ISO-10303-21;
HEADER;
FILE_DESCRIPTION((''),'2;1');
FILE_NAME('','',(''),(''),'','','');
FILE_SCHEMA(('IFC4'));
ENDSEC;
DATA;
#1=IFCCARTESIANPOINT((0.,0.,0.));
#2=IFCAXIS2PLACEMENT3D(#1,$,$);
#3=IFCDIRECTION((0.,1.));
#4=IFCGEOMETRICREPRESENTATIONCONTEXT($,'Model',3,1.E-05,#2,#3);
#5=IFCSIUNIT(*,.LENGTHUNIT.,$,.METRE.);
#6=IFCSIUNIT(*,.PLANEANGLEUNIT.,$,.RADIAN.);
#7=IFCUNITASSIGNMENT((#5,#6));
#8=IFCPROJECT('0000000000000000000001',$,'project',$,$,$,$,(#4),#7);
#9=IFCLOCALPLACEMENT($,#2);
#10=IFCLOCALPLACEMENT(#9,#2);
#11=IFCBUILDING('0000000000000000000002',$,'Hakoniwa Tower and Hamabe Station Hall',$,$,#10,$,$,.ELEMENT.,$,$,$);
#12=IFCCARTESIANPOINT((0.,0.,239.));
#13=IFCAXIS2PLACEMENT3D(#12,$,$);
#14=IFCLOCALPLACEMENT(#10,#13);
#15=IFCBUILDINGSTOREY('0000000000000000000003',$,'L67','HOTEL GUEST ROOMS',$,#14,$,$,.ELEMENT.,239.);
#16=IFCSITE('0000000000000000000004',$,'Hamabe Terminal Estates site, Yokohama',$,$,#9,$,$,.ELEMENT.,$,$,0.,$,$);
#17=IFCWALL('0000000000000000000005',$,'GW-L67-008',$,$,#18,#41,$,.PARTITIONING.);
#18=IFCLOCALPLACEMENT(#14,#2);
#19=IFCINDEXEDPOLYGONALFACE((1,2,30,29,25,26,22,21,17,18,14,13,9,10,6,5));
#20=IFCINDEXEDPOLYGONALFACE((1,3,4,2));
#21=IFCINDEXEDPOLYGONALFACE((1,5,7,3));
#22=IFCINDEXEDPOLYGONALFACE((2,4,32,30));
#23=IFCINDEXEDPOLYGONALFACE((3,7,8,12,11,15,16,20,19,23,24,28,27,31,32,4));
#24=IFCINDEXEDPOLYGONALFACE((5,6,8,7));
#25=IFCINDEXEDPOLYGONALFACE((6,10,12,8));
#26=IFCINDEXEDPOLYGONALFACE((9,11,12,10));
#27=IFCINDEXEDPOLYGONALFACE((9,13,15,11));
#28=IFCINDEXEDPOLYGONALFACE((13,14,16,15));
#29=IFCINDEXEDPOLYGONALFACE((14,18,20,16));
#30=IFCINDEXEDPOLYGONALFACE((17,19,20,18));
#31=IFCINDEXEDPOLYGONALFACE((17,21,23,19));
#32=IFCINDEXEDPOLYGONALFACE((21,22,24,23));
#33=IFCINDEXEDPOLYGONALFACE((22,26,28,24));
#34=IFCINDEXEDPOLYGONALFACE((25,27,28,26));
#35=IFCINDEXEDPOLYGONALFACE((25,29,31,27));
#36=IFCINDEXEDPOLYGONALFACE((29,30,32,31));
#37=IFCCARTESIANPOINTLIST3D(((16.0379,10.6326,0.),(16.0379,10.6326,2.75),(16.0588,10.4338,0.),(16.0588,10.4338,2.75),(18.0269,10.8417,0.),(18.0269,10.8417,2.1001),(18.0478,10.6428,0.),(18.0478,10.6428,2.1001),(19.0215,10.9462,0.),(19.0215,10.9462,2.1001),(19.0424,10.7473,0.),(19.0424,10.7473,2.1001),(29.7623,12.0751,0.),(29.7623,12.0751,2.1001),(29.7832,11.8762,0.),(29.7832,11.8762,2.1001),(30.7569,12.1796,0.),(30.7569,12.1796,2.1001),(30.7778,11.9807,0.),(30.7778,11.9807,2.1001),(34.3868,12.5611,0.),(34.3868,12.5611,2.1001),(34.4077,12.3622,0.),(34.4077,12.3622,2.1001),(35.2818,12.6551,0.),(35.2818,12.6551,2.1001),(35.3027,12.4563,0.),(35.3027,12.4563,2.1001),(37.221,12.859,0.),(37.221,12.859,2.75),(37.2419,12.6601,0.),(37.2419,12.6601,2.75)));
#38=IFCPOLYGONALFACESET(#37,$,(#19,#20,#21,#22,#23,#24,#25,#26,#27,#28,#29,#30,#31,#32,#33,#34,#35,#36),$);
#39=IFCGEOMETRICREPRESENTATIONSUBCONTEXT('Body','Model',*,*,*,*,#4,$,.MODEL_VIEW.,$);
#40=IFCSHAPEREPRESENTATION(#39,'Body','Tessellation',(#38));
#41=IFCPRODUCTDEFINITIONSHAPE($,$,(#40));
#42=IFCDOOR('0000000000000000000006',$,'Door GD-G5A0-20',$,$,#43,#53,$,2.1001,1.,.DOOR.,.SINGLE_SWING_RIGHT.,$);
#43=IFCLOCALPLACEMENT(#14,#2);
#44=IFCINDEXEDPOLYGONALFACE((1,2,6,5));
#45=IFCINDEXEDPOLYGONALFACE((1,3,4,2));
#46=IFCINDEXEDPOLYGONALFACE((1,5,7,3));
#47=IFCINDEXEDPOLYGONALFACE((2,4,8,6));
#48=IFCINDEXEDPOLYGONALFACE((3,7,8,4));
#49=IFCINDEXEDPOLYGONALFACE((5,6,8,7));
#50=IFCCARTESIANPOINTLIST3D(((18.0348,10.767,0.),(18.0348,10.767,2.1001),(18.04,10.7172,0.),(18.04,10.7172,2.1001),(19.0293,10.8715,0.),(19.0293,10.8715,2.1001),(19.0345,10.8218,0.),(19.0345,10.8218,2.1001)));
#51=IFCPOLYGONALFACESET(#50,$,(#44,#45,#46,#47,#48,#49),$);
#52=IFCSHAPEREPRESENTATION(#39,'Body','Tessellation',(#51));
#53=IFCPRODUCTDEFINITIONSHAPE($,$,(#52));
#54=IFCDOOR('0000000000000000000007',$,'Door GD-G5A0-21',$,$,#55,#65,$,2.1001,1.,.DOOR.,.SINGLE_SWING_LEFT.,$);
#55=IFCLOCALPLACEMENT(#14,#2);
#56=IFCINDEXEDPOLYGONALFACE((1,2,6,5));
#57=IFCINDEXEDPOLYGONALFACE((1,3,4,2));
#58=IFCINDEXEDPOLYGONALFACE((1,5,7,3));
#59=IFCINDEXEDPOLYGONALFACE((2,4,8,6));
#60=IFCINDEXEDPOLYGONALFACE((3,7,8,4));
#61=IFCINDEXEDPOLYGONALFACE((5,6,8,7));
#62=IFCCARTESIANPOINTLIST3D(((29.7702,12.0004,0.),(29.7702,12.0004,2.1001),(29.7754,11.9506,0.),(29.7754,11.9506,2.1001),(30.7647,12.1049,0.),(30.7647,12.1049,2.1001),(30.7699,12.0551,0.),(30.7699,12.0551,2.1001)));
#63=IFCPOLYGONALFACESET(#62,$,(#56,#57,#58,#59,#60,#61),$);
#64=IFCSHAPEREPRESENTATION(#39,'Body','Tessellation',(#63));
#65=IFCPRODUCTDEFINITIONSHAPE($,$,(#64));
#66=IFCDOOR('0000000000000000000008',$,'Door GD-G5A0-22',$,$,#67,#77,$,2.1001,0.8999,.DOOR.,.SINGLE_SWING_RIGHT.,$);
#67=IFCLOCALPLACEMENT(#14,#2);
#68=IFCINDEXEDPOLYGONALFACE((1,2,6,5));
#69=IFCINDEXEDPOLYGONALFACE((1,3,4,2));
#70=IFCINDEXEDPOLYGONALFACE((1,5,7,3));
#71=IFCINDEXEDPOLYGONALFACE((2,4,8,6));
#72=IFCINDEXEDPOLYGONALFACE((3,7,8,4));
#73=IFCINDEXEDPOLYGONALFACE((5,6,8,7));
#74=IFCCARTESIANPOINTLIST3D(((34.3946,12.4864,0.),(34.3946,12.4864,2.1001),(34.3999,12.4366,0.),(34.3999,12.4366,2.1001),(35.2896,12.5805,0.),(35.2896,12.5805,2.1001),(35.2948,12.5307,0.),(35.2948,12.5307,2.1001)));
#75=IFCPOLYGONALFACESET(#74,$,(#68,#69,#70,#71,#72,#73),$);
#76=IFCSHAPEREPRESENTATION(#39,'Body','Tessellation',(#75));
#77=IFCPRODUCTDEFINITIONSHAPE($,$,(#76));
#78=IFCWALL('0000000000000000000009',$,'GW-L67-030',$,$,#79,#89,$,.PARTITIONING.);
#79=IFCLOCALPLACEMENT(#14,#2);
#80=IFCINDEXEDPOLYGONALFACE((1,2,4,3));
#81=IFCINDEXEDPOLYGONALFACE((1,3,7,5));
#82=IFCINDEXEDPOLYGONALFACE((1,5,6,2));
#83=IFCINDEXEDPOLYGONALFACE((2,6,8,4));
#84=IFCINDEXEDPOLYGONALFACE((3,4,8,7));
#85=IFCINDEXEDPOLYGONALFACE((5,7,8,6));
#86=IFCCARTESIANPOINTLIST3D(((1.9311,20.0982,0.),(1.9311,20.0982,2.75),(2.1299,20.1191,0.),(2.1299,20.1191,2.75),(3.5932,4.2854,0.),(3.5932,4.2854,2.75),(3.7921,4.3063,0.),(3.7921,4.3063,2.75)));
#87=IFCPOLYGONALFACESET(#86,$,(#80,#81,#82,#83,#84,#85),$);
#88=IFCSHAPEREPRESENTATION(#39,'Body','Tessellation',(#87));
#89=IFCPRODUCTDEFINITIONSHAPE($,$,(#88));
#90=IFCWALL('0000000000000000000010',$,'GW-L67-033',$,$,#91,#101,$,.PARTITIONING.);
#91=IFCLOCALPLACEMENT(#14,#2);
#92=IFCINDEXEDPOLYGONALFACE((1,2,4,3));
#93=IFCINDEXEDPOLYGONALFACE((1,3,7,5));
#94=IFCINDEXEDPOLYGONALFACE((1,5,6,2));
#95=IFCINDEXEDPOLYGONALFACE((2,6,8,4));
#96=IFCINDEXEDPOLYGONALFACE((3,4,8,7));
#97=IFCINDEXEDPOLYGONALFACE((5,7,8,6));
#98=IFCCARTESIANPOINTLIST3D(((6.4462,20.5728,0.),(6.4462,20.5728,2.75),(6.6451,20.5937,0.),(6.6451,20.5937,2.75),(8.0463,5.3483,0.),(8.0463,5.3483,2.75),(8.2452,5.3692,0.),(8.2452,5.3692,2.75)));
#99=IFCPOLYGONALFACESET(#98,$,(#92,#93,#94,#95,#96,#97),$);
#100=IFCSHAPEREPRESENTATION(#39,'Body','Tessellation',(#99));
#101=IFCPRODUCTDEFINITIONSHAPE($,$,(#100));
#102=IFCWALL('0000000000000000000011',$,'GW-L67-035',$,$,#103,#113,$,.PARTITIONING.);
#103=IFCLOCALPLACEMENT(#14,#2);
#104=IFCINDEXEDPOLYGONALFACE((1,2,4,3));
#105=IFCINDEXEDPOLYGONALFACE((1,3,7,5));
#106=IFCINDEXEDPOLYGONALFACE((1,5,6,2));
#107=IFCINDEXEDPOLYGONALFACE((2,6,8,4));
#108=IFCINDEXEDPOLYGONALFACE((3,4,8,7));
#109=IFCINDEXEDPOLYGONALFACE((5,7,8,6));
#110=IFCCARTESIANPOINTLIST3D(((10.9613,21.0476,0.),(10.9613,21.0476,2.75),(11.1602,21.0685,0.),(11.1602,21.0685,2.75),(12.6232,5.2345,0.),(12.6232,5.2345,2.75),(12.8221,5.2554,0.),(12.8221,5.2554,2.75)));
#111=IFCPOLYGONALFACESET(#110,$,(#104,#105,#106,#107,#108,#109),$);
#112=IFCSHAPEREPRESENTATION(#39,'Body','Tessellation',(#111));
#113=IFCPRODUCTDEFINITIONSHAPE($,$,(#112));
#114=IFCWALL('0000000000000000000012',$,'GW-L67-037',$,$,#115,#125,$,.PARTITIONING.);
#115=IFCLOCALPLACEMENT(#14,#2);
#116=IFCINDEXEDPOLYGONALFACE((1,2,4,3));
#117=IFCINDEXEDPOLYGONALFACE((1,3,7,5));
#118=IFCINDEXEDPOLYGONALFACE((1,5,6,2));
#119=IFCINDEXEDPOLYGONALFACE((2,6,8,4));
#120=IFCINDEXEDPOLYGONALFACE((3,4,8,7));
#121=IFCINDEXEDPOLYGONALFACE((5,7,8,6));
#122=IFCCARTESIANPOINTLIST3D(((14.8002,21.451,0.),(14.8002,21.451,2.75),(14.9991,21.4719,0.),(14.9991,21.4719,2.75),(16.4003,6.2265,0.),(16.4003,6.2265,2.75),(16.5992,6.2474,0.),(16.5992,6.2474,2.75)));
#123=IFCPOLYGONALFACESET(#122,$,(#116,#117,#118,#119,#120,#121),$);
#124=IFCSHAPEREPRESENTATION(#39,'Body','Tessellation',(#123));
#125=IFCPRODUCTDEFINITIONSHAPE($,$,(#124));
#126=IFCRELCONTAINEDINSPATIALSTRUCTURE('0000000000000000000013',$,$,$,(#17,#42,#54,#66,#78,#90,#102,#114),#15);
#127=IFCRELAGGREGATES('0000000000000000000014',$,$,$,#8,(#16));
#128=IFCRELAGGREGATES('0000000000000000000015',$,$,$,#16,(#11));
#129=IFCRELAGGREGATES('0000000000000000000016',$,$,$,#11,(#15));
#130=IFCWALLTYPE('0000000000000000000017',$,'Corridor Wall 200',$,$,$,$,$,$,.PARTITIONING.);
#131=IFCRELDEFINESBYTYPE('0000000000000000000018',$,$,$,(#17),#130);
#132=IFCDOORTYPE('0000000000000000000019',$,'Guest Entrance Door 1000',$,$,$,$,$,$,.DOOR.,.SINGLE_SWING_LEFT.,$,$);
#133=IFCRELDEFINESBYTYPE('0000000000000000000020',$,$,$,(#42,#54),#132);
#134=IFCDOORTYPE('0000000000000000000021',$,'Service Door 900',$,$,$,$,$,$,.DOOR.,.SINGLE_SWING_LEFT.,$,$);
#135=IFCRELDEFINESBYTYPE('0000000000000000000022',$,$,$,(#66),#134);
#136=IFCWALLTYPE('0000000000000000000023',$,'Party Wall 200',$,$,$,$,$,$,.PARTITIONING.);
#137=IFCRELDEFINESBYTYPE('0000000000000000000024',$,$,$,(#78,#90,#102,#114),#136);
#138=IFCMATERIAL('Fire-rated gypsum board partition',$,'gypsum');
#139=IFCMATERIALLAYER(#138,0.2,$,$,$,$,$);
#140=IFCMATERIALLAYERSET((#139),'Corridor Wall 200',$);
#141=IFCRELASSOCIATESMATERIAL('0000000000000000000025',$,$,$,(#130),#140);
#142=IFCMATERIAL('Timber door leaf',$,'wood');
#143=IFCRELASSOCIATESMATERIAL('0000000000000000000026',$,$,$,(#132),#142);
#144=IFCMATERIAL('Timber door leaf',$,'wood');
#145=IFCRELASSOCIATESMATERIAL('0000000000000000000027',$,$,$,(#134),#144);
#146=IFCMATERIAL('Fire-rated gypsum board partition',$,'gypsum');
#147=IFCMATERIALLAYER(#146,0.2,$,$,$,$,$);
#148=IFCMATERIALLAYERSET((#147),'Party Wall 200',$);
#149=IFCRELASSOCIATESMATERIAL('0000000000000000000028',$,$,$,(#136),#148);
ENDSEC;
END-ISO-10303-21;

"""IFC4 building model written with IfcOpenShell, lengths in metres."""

from ifc_helpers import new_model, si_unit, direction, frame, frame_2d, origin, place, context, subcontext, project, spatial, rectangle, extrude, material, layer, layer_set, type_object, element, fill, save


model = new_model("IFC4")

# Units and contexts
model_context = context("Model", 3, precision=1e-05, world=origin(), true_north=direction((0.0, 1.0)))
body_context = subcontext(model_context, "Body", "Model", "MODEL_VIEW")
ifc_project = project(units=[si_unit("LENGTHUNIT", "METRE"), si_unit("PLANEANGLEUNIT", "RADIAN")], contexts=[model_context])

# Site, building, storey
site_placement = place(None, origin())
site = spatial("IfcSite", under=ifc_project, at=site_placement, Name="Hamabe Terminal Estates site, Yokohama", CompositionType="ELEMENT", RefElevation=0.0)
building_placement = place(site_placement, origin())
building = spatial("IfcBuilding", under=site, at=building_placement, Name="Hakoniwa Tower and Hamabe Station Hall", CompositionType="ELEMENT")
storey_placement = place(building_placement, frame((0.0, 0.0, 239.0)))
storey = spatial("IfcBuildingStorey", under=building, at=storey_placement, Name="L67", Description="HOTEL GUEST ROOMS", CompositionType="ELEMENT", Elevation=239.0)

# Wall, openings, doors
ifc_material_1 = material(Name="Fire-rated gypsum board partition", Category="gypsum")
ifc_layer_1 = layer(ifc_material_1, 0.2)
ifc_layer_set_1 = layer_set([ifc_layer_1], Name="Corridor Wall 200")
wall_type_1 = type_object("IfcWallType", Name="Corridor Wall 200", PredefinedType="PARTITIONING", material=ifc_layer_set_1)
wall_1_placement = place(storey_placement, frame((16.0483, 10.5332, 0.0), z_axis=(0.0, 0.0, 1.0), x_axis=(0.994522, 0.104523, 0.0)))
wall_1 = element("IfcWall", 1, at=wall_1_placement, inside=storey, type_object=wall_type_1, Name="GW-L67-008", PredefinedType="PARTITIONING", context=body_context, shape_type="SweptSolid", body=[
    extrude(rectangle(XDim=21.2998, YDim=0.2, at=frame_2d((10.6499, 0.0))), origin(), (0.0, 0.0, 1.0), 2.75),
])
opening_1_placement = place(wall_1_placement, frame((2.0, 0.0, 0.0)))
opening_1 = element("IfcOpeningElement", 2, at=opening_1_placement, cuts=wall_1, PredefinedType="OPENING", context=body_context, shape_type="SweptSolid", body=[
    extrude(rectangle(XDim=1.0, YDim=2.1001, at=frame_2d((0.5, 1.05))), frame((0.0, 0.1099, 0.0), z_axis=(0.0, -1.0, 0.0), x_axis=(1.0, 0.0, 0.0)), (0.0, 0.0, 1.0), 0.22),
])
opening_2_placement = place(wall_1_placement, frame((13.8, 0.0, 0.0)))
opening_2 = element("IfcOpeningElement", 3, at=opening_2_placement, cuts=wall_1, PredefinedType="OPENING", context=body_context, shape_type="SweptSolid", body=[
    extrude(rectangle(XDim=1.0, YDim=2.1001, at=frame_2d((0.5, 1.05))), frame((0.0, 0.1099, 0.0), z_axis=(0.0, -1.0, 0.0), x_axis=(1.0, 0.0, 0.0)), (0.0, 0.0, 1.0), 0.22),
])
opening_3_placement = place(wall_1_placement, frame((18.45, 0.0, 0.0)))
opening_3 = element("IfcOpeningElement", 4, at=opening_3_placement, cuts=wall_1, PredefinedType="OPENING", context=body_context, shape_type="SweptSolid", body=[
    extrude(rectangle(XDim=0.8999, YDim=2.1001, at=frame_2d((0.45, 1.05))), frame((0.0, 0.1099, 0.0), z_axis=(0.0, -1.0, 0.0), x_axis=(1.0, 0.0, 0.0)), (0.0, 0.0, 1.0), 0.22),
])
ifc_material_2 = material(Name="Timber door leaf", Category="wood")
door_type_1 = type_object("IfcDoorType", Name="Guest Entrance Door 1000", OperationType="SINGLE_SWING_LEFT", PredefinedType="DOOR", material=ifc_material_2)
door_1_placement = place(opening_1_placement, origin())
door_1 = element("IfcDoor", 5, at=door_1_placement, inside=storey, type_object=door_type_1, Name="Door GD-G5A0-20", OperationType="SINGLE_SWING_RIGHT", OverallHeight=2.1001, OverallWidth=1.0, PredefinedType="DOOR", context=body_context, shape_type="SweptSolid", body=[
    extrude(rectangle(XDim=1.0, YDim=2.1001, at=frame_2d((0.5, 1.05))), frame((0.0, 0.0249, 0.0), z_axis=(0.0, -1.0, 0.0), x_axis=(1.0, 0.0, 0.0)), (0.0, 0.0, 1.0), 0.05),
])
fill(opening_1, door_1)
door_2_placement = place(opening_2_placement, origin())
door_2 = element("IfcDoor", 6, at=door_2_placement, inside=storey, type_object=door_type_1, Name="Door GD-G5A0-21", OperationType="SINGLE_SWING_LEFT", OverallHeight=2.1001, OverallWidth=1.0, PredefinedType="DOOR", context=body_context, shape_type="SweptSolid", body=[
    extrude(rectangle(XDim=1.0, YDim=2.1001, at=frame_2d((0.5, 1.05))), frame((0.0, 0.0249, 0.0), z_axis=(0.0, -1.0, 0.0), x_axis=(1.0, 0.0, 0.0)), (0.0, 0.0, 1.0), 0.05),
])
fill(opening_2, door_2)
ifc_material_3 = material(Name="Timber door leaf", Category="wood")
door_type_2 = type_object("IfcDoorType", Name="Service Door 900", OperationType="SINGLE_SWING_LEFT", PredefinedType="DOOR", material=ifc_material_3)
door_3_placement = place(opening_3_placement, origin())
door_3 = element("IfcDoor", 7, at=door_3_placement, inside=storey, type_object=door_type_2, Name="Door GD-G5A0-22", OperationType="SINGLE_SWING_RIGHT", OverallHeight=2.1001, OverallWidth=0.8999, PredefinedType="DOOR", context=body_context, shape_type="SweptSolid", body=[
    extrude(rectangle(XDim=0.8999, YDim=2.1001, at=frame_2d((0.45, 1.05))), frame((0.0, 0.0249, 0.0), z_axis=(0.0, -1.0, 0.0), x_axis=(1.0, 0.0, 0.0)), (0.0, 0.0, 1.0), 0.05),
])
fill(opening_3, door_3)

# Walls
ifc_material_4 = material(Name="Fire-rated gypsum board partition", Category="gypsum")
ifc_layer_2 = layer(ifc_material_4, 0.2)
ifc_layer_set_2 = layer_set([ifc_layer_2], Name="Party Wall 200")
wall_type_2 = type_object("IfcWallType", Name="Party Wall 200", PredefinedType="PARTITIONING", material=ifc_layer_set_2)
wall_2_placement = place(storey_placement, frame((3.6926, 4.2959, 0.0), z_axis=(0.0, 0.0, 1.0), x_axis=(-0.104536, 0.994521, 0.0)))
element("IfcWall", 8, at=wall_2_placement, inside=storey, type_object=wall_type_2, Name="GW-L67-030", PredefinedType="PARTITIONING", context=body_context, shape_type="SweptSolid", body=[
    extrude(rectangle(XDim=15.8999, YDim=0.2, at=frame_2d((7.95, 0.0))), origin(), (0.0, 0.0, 1.0), 2.75),
])
wall_3_placement = place(storey_placement, frame((8.1458, 5.3586, 0.0), z_axis=(0.0, 0.0, 1.0), x_axis=(-0.104524, 0.994522, 0.0)))
element("IfcWall", 9, at=wall_3_placement, inside=storey, type_object=wall_type_2, Name="GW-L67-033", PredefinedType="PARTITIONING", context=body_context, shape_type="SweptSolid", body=[
    extrude(rectangle(XDim=15.3083, YDim=0.2, at=frame_2d((7.6543, 0.0))), origin(), (0.0, 0.0, 1.0), 2.75),
])
wall_4_placement = place(storey_placement, frame((12.7227, 5.2449, 0.0), z_axis=(0.0, 0.0, 1.0), x_axis=(-0.104519, 0.994523, 0.0)))
element("IfcWall", 10, at=wall_4_placement, inside=storey, type_object=wall_type_2, Name="GW-L67-035", PredefinedType="PARTITIONING", context=body_context, shape_type="SweptSolid", body=[
    extrude(rectangle(XDim=15.9001, YDim=0.2, at=frame_2d((7.9502, 0.0))), origin(), (0.0, 0.0, 1.0), 2.75),
])
wall_5_placement = place(storey_placement, frame((16.4998, 6.2368, 0.0), z_axis=(0.0, 0.0, 1.0), x_axis=(-0.104524, 0.994522, 0.0)))
element("IfcWall", 11, at=wall_5_placement, inside=storey, type_object=wall_type_2, Name="GW-L67-037", PredefinedType="PARTITIONING", context=body_context, shape_type="SweptSolid", body=[
    extrude(rectangle(XDim=15.3083, YDim=0.2, at=frame_2d((7.6543, 0.0))), origin(), (0.0, 0.0, 1.0), 2.75),
])

save(model, "model.ifc")
